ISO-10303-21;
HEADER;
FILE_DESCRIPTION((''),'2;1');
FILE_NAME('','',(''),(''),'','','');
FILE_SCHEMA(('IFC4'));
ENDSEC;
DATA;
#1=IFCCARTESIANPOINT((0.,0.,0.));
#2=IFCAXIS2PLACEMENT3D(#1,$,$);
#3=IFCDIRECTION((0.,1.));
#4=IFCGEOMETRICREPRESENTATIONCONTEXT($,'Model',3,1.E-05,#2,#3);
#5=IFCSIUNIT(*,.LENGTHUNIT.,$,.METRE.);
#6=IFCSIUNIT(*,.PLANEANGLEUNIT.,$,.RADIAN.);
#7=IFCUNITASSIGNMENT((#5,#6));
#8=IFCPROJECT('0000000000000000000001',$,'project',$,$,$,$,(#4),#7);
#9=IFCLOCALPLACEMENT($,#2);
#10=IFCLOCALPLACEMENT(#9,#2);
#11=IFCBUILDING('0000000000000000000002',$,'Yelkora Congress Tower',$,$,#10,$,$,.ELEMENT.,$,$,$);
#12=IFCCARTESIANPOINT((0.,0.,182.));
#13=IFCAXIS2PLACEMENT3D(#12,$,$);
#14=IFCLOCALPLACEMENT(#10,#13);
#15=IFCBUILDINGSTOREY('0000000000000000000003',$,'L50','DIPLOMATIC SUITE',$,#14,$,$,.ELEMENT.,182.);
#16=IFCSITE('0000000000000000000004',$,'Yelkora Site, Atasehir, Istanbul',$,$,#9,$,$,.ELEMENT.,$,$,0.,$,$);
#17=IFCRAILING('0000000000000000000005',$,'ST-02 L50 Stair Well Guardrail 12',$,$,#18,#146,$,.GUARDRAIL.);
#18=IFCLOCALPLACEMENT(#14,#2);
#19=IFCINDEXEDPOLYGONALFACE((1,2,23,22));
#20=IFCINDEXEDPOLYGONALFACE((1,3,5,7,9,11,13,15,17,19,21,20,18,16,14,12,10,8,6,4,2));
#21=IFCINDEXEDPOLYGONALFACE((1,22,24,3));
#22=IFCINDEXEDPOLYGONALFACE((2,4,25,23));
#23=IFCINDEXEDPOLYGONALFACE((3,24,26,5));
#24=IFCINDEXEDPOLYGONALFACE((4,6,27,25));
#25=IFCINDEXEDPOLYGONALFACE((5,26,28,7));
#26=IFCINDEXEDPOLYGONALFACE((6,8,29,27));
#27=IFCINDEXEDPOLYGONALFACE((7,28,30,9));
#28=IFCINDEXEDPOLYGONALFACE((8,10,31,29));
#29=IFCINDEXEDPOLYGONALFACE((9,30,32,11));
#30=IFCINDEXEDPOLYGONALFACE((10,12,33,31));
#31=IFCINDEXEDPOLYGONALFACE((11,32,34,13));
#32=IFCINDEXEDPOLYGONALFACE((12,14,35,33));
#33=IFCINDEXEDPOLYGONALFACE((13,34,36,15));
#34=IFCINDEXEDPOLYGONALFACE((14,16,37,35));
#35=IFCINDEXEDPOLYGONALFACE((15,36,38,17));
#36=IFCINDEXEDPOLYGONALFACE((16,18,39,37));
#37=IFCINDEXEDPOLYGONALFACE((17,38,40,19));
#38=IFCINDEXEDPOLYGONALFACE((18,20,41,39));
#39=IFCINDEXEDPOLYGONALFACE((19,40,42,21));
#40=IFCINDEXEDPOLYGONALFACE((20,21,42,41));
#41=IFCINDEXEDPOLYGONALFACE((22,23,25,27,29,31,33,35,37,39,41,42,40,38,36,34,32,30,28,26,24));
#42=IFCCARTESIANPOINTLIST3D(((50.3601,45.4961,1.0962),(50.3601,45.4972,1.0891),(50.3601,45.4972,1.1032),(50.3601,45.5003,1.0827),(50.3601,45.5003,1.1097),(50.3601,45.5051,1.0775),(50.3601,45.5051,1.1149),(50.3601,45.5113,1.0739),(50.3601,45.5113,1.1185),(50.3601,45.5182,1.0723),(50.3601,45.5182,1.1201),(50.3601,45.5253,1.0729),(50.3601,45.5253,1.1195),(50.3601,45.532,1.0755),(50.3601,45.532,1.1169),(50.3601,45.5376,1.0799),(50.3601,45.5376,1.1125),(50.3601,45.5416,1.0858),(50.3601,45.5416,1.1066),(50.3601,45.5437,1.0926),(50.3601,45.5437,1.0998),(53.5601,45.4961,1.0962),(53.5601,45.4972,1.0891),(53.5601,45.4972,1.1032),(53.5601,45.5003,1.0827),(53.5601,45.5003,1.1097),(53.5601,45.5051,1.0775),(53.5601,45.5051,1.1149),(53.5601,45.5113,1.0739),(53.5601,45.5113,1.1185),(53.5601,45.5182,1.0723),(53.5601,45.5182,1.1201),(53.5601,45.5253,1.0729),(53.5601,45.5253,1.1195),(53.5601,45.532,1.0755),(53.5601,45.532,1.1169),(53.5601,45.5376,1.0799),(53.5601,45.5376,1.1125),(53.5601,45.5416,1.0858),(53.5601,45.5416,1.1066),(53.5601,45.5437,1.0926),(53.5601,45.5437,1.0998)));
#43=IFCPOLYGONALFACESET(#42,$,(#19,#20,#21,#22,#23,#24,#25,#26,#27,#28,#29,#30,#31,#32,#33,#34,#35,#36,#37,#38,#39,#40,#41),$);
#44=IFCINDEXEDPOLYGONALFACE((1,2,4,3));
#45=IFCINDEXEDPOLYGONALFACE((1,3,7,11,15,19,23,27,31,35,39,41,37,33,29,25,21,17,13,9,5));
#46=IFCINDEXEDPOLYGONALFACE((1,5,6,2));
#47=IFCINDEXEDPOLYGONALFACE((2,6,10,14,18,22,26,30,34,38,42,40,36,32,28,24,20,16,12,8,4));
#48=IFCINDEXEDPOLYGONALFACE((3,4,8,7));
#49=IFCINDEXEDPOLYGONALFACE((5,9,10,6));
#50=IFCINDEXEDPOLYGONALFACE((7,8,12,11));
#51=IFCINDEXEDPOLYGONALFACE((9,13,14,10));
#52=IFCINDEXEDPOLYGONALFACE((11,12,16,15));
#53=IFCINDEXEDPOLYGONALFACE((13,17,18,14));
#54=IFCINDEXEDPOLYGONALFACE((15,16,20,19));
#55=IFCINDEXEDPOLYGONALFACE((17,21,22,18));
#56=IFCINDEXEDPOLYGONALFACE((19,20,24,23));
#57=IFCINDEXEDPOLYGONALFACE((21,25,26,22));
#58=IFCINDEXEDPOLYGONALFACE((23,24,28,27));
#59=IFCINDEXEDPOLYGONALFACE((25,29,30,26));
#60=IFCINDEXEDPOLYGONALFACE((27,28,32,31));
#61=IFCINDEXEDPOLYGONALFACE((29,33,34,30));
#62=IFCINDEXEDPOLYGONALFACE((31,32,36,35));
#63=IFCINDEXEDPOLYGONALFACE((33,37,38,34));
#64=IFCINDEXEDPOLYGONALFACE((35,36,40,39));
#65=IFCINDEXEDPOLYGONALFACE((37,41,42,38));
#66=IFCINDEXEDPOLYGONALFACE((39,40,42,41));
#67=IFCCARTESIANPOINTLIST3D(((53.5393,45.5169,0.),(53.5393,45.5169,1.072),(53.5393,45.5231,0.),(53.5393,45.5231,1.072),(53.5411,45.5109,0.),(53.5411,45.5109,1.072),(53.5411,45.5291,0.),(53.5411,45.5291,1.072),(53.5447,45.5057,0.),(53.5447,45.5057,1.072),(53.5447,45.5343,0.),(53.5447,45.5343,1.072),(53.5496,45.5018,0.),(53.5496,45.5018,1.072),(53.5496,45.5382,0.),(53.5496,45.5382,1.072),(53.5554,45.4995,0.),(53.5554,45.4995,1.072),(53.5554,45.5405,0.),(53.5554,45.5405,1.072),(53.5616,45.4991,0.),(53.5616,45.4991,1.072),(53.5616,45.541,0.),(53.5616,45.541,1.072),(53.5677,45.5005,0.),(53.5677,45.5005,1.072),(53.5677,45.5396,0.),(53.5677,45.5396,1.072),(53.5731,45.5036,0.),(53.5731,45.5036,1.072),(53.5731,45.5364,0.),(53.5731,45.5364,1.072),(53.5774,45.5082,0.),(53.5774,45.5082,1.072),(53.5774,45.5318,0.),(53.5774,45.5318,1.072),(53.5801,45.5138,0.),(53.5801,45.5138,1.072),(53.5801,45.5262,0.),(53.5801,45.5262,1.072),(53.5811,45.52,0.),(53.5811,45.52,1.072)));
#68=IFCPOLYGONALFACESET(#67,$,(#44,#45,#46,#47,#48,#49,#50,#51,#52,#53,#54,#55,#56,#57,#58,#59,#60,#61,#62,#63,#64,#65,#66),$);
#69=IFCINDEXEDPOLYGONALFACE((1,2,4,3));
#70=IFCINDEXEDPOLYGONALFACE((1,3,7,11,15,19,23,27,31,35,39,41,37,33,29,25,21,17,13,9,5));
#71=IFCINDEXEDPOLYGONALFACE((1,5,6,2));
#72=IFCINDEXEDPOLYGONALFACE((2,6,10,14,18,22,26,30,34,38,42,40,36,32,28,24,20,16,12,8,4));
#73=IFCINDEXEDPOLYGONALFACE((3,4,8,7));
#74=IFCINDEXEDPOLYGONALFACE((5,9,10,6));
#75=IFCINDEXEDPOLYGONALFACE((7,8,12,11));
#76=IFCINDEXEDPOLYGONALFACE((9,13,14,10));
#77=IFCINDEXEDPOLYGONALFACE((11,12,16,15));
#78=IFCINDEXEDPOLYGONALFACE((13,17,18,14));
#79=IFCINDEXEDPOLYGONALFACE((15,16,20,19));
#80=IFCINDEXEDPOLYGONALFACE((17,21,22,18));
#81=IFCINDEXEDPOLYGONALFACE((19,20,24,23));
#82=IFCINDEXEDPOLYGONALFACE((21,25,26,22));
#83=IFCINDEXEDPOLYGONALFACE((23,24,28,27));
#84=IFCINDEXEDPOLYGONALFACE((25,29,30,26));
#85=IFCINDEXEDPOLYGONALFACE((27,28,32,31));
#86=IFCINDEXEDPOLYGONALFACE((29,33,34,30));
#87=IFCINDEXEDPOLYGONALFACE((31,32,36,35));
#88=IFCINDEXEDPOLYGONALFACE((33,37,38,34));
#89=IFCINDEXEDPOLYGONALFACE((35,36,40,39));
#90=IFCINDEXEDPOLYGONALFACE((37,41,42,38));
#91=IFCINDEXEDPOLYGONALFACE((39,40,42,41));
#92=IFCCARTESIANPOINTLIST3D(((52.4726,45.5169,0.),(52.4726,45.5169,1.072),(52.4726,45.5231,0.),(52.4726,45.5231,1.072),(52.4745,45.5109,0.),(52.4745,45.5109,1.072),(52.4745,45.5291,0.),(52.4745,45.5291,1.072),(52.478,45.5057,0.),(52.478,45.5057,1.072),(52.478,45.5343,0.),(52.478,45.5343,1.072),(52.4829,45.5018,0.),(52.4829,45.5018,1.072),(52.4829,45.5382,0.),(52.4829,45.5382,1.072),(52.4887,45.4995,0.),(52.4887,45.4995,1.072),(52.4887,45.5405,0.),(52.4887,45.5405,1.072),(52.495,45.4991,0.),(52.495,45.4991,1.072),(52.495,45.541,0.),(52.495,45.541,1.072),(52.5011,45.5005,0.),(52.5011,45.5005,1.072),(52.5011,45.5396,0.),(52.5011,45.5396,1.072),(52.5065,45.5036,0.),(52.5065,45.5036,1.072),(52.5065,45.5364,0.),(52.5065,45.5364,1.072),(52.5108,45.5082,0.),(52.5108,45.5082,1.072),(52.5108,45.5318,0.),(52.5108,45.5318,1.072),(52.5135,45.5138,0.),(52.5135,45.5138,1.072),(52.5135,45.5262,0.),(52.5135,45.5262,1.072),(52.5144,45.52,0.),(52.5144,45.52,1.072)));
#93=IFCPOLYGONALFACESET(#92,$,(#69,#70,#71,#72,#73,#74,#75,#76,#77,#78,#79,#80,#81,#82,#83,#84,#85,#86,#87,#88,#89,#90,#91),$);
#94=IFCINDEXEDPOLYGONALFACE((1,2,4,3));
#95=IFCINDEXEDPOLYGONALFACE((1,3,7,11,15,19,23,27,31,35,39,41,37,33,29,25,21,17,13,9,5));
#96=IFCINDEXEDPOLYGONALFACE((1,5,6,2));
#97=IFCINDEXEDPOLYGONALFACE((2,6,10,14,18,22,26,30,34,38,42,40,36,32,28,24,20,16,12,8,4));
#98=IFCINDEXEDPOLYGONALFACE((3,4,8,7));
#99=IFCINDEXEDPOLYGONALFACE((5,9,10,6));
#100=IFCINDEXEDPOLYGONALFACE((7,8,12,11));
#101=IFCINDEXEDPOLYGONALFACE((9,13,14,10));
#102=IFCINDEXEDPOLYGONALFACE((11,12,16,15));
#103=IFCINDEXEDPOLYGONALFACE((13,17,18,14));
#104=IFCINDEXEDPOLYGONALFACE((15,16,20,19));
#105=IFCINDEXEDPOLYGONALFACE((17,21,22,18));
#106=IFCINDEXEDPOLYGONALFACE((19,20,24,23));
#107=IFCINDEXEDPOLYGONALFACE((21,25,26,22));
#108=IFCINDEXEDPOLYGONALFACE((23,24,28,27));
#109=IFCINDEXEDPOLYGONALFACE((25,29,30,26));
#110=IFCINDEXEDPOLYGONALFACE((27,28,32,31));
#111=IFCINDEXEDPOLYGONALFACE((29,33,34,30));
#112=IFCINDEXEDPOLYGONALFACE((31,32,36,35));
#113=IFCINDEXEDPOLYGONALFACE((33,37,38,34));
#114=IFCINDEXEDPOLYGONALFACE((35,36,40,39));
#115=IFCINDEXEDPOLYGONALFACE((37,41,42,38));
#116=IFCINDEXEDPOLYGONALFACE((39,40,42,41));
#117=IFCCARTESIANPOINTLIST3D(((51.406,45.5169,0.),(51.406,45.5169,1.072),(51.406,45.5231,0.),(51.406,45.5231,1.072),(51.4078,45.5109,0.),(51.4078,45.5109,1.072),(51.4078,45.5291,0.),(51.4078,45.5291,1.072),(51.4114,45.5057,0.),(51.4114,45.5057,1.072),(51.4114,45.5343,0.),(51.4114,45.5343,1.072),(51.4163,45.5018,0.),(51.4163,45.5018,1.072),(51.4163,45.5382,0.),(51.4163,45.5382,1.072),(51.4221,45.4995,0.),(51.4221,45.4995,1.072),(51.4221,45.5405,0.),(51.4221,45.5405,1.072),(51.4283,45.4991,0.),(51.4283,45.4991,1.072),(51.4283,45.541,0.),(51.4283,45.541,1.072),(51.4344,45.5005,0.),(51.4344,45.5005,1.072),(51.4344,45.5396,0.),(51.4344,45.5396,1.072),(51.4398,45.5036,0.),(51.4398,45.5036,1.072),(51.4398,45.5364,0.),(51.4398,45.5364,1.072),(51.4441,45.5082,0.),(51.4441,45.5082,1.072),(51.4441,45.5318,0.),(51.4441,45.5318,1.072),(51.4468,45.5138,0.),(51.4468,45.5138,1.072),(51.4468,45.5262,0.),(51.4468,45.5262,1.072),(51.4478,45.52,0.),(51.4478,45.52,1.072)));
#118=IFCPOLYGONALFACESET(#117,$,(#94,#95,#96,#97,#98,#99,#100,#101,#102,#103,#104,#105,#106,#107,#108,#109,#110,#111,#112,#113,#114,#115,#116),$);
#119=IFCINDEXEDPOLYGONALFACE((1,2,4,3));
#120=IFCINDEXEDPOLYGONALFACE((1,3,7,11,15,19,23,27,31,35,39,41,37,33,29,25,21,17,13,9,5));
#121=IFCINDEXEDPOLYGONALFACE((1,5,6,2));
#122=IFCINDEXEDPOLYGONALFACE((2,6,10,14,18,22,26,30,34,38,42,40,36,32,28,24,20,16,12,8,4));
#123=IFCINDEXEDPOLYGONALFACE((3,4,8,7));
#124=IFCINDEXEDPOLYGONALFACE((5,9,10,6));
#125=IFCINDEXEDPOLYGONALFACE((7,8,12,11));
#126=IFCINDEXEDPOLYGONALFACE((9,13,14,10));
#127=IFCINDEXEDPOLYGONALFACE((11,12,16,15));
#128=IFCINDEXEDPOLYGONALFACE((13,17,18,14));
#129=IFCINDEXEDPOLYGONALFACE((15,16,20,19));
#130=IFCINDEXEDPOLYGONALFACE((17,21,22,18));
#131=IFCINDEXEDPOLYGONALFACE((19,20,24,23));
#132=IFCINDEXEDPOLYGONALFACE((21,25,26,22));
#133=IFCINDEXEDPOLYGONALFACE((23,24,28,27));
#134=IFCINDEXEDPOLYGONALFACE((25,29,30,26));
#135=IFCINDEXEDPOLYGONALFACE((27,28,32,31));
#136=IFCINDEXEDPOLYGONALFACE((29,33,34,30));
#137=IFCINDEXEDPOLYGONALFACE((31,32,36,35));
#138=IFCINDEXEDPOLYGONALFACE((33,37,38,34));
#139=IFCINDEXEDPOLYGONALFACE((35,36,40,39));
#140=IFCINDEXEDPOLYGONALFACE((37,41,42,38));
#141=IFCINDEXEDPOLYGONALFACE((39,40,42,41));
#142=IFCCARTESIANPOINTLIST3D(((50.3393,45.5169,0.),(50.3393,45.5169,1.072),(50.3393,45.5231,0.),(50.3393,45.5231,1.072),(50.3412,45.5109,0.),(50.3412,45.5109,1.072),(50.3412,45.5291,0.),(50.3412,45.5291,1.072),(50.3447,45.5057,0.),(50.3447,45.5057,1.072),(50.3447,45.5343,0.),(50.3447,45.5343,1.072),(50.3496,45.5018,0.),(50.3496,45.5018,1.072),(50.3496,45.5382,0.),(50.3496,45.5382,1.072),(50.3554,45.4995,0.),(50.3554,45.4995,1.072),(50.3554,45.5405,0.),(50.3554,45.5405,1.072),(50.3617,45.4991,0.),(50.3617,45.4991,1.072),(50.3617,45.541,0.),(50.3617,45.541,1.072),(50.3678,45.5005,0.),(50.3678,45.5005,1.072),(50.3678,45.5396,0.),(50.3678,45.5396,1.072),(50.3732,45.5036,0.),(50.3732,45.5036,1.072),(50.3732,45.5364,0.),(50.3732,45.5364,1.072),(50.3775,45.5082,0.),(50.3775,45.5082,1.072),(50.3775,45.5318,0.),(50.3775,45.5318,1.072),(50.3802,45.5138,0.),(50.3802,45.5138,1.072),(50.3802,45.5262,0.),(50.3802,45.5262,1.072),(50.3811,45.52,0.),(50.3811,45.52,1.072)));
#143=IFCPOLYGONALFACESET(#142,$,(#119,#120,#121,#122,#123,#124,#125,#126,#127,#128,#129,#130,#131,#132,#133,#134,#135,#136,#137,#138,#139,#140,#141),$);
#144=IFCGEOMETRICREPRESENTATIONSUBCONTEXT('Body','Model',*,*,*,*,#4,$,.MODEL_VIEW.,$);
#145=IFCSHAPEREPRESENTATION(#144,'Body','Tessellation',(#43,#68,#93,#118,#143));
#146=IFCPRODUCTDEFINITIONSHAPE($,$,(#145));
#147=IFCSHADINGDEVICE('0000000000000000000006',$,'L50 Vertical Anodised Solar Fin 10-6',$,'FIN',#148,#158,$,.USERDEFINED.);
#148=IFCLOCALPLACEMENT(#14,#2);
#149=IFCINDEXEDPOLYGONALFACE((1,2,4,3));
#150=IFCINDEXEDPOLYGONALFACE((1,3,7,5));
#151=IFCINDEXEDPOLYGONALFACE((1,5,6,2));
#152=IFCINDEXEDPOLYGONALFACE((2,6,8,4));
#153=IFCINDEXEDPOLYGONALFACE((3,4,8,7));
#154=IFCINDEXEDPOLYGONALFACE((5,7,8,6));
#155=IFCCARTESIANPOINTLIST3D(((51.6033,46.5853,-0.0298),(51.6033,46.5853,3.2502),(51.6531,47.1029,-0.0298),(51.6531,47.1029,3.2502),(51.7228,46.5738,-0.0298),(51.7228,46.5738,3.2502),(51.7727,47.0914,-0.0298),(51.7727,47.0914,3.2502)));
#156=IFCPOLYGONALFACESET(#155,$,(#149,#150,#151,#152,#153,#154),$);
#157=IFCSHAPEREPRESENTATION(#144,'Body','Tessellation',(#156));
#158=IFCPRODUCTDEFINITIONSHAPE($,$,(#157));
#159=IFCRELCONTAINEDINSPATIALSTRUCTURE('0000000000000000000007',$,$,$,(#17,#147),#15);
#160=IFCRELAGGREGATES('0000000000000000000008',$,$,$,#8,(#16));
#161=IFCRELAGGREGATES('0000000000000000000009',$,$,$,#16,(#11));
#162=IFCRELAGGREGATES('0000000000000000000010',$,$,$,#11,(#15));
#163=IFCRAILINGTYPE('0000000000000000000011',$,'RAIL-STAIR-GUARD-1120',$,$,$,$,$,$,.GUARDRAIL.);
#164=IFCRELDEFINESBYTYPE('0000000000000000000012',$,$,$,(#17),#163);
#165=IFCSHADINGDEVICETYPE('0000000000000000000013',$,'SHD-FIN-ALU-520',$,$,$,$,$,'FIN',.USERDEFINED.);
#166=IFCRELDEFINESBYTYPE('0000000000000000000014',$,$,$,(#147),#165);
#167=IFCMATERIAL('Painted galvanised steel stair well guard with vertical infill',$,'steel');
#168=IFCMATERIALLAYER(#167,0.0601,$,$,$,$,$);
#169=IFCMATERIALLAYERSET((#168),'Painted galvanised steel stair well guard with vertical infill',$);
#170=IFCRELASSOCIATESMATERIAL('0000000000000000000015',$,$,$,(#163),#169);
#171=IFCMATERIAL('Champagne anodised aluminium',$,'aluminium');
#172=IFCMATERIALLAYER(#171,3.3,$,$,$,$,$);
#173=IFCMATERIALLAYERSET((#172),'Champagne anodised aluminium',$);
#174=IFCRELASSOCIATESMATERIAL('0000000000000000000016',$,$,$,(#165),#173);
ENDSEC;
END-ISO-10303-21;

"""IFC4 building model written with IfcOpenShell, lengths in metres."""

from ifc_helpers import new_model, si_unit, direction, frame, origin, origin_2d, place, context, subcontext, project, spatial, rectangle, circle, extrude, material, layer, layer_set, type_object, element, save


model = new_model("IFC4")

# Units and contexts
model_context = context("Model", 3, precision=1e-05, world=origin(), true_north=direction((0.0, 1.0)))
body_context = subcontext(model_context, "Body", "Model", "MODEL_VIEW")
ifc_project = project(units=[si_unit("LENGTHUNIT", "METRE"), si_unit("PLANEANGLEUNIT", "RADIAN")], contexts=[model_context])

# Site, building, storey
site_placement = place(None, origin())
site = spatial("IfcSite", under=ifc_project, at=site_placement, Name="Yelkora Site, Atasehir, Istanbul", CompositionType="ELEMENT", RefElevation=0.0)
building_placement = place(site_placement, origin())
building = spatial("IfcBuilding", under=site, at=building_placement, Name="Yelkora Congress Tower", CompositionType="ELEMENT")
storey_placement = place(building_placement, frame((0.0, 0.0, 182.0)))
storey = spatial("IfcBuildingStorey", under=building, at=storey_placement, Name="L50", Description="DIPLOMATIC SUITE", CompositionType="ELEMENT", Elevation=182.0)

# Railing
ifc_material_1 = material(Name="Painted galvanised steel stair well guard with vertical infill", Category="steel")
ifc_layer_1 = layer(ifc_material_1, 0.0601)
ifc_layer_set_1 = layer_set([ifc_layer_1], Name="Painted galvanised steel stair well guard with vertical infill")
railing_type = type_object("IfcRailingType", Name="RAIL-STAIR-GUARD-1120", PredefinedType="GUARDRAIL", material=ifc_layer_set_1)
railing_1_placement = place(storey_placement, frame((53.5601, 45.52, 0.0)))
element("IfcRailing", 1, at=railing_1_placement, inside=storey, type_object=railing_type, Name="ST-02 L50 Stair Well Guardrail 12", PredefinedType="GUARDRAIL", context=body_context, shape_type="SweptSolid", body=[
    extrude(circle(Radius=0.0239, at=origin_2d()), frame((0.0, 0.0, 1.0962), z_axis=(-1.0, 0.0, 0.0), x_axis=(0.0, -1.0, 0.0)), (0.0, 0.0, 1.0), 3.2),
    extrude(circle(Radius=0.021, at=origin_2d()), origin(), (0.0, 0.0, 1.0), 1.072),
    extrude(circle(Radius=0.021, at=origin_2d()), frame((-1.0667, 0.0, 0.0)), (0.0, 0.0, 1.0), 1.072),
    extrude(circle(Radius=0.021, at=origin_2d()), frame((-2.1333, 0.0, 0.0)), (0.0, 0.0, 1.0), 1.072),
    extrude(circle(Radius=0.021, at=origin_2d()), frame((-3.2, 0.0, 0.0)), (0.0, 0.0, 1.0), 1.072),
])

# Shading device
ifc_material_2 = material(Name="Champagne anodised aluminium", Category="aluminium")
ifc_layer_2 = layer(ifc_material_2, 3.3)
ifc_layer_set_2 = layer_set([ifc_layer_2], Name="Champagne anodised aluminium")
shading_device_type = type_object("IfcShadingDeviceType", Name="SHD-FIN-ALU-520", ElementType="FIN", PredefinedType="USERDEFINED", material=ifc_layer_set_2)
shading_device_placement = place(storey_placement, frame((51.688, 46.8384, -0.0298), z_axis=(0.0, 0.0, 1.0), x_axis=(0.995396, -0.095846, 0.0)))
element("IfcShadingDevice", 2, at=shading_device_placement, inside=storey, type_object=shading_device_type, Name="L50 Vertical Anodised Solar Fin 10-6", ObjectType="FIN", PredefinedType="USERDEFINED", context=body_context, shape_type="SweptSolid", body=[
    extrude(rectangle(XDim=0.1201, YDim=0.52, at=origin_2d()), origin(), (0.0, 0.0, 1.0), 3.28),
])

save(model, "model.ifc")
